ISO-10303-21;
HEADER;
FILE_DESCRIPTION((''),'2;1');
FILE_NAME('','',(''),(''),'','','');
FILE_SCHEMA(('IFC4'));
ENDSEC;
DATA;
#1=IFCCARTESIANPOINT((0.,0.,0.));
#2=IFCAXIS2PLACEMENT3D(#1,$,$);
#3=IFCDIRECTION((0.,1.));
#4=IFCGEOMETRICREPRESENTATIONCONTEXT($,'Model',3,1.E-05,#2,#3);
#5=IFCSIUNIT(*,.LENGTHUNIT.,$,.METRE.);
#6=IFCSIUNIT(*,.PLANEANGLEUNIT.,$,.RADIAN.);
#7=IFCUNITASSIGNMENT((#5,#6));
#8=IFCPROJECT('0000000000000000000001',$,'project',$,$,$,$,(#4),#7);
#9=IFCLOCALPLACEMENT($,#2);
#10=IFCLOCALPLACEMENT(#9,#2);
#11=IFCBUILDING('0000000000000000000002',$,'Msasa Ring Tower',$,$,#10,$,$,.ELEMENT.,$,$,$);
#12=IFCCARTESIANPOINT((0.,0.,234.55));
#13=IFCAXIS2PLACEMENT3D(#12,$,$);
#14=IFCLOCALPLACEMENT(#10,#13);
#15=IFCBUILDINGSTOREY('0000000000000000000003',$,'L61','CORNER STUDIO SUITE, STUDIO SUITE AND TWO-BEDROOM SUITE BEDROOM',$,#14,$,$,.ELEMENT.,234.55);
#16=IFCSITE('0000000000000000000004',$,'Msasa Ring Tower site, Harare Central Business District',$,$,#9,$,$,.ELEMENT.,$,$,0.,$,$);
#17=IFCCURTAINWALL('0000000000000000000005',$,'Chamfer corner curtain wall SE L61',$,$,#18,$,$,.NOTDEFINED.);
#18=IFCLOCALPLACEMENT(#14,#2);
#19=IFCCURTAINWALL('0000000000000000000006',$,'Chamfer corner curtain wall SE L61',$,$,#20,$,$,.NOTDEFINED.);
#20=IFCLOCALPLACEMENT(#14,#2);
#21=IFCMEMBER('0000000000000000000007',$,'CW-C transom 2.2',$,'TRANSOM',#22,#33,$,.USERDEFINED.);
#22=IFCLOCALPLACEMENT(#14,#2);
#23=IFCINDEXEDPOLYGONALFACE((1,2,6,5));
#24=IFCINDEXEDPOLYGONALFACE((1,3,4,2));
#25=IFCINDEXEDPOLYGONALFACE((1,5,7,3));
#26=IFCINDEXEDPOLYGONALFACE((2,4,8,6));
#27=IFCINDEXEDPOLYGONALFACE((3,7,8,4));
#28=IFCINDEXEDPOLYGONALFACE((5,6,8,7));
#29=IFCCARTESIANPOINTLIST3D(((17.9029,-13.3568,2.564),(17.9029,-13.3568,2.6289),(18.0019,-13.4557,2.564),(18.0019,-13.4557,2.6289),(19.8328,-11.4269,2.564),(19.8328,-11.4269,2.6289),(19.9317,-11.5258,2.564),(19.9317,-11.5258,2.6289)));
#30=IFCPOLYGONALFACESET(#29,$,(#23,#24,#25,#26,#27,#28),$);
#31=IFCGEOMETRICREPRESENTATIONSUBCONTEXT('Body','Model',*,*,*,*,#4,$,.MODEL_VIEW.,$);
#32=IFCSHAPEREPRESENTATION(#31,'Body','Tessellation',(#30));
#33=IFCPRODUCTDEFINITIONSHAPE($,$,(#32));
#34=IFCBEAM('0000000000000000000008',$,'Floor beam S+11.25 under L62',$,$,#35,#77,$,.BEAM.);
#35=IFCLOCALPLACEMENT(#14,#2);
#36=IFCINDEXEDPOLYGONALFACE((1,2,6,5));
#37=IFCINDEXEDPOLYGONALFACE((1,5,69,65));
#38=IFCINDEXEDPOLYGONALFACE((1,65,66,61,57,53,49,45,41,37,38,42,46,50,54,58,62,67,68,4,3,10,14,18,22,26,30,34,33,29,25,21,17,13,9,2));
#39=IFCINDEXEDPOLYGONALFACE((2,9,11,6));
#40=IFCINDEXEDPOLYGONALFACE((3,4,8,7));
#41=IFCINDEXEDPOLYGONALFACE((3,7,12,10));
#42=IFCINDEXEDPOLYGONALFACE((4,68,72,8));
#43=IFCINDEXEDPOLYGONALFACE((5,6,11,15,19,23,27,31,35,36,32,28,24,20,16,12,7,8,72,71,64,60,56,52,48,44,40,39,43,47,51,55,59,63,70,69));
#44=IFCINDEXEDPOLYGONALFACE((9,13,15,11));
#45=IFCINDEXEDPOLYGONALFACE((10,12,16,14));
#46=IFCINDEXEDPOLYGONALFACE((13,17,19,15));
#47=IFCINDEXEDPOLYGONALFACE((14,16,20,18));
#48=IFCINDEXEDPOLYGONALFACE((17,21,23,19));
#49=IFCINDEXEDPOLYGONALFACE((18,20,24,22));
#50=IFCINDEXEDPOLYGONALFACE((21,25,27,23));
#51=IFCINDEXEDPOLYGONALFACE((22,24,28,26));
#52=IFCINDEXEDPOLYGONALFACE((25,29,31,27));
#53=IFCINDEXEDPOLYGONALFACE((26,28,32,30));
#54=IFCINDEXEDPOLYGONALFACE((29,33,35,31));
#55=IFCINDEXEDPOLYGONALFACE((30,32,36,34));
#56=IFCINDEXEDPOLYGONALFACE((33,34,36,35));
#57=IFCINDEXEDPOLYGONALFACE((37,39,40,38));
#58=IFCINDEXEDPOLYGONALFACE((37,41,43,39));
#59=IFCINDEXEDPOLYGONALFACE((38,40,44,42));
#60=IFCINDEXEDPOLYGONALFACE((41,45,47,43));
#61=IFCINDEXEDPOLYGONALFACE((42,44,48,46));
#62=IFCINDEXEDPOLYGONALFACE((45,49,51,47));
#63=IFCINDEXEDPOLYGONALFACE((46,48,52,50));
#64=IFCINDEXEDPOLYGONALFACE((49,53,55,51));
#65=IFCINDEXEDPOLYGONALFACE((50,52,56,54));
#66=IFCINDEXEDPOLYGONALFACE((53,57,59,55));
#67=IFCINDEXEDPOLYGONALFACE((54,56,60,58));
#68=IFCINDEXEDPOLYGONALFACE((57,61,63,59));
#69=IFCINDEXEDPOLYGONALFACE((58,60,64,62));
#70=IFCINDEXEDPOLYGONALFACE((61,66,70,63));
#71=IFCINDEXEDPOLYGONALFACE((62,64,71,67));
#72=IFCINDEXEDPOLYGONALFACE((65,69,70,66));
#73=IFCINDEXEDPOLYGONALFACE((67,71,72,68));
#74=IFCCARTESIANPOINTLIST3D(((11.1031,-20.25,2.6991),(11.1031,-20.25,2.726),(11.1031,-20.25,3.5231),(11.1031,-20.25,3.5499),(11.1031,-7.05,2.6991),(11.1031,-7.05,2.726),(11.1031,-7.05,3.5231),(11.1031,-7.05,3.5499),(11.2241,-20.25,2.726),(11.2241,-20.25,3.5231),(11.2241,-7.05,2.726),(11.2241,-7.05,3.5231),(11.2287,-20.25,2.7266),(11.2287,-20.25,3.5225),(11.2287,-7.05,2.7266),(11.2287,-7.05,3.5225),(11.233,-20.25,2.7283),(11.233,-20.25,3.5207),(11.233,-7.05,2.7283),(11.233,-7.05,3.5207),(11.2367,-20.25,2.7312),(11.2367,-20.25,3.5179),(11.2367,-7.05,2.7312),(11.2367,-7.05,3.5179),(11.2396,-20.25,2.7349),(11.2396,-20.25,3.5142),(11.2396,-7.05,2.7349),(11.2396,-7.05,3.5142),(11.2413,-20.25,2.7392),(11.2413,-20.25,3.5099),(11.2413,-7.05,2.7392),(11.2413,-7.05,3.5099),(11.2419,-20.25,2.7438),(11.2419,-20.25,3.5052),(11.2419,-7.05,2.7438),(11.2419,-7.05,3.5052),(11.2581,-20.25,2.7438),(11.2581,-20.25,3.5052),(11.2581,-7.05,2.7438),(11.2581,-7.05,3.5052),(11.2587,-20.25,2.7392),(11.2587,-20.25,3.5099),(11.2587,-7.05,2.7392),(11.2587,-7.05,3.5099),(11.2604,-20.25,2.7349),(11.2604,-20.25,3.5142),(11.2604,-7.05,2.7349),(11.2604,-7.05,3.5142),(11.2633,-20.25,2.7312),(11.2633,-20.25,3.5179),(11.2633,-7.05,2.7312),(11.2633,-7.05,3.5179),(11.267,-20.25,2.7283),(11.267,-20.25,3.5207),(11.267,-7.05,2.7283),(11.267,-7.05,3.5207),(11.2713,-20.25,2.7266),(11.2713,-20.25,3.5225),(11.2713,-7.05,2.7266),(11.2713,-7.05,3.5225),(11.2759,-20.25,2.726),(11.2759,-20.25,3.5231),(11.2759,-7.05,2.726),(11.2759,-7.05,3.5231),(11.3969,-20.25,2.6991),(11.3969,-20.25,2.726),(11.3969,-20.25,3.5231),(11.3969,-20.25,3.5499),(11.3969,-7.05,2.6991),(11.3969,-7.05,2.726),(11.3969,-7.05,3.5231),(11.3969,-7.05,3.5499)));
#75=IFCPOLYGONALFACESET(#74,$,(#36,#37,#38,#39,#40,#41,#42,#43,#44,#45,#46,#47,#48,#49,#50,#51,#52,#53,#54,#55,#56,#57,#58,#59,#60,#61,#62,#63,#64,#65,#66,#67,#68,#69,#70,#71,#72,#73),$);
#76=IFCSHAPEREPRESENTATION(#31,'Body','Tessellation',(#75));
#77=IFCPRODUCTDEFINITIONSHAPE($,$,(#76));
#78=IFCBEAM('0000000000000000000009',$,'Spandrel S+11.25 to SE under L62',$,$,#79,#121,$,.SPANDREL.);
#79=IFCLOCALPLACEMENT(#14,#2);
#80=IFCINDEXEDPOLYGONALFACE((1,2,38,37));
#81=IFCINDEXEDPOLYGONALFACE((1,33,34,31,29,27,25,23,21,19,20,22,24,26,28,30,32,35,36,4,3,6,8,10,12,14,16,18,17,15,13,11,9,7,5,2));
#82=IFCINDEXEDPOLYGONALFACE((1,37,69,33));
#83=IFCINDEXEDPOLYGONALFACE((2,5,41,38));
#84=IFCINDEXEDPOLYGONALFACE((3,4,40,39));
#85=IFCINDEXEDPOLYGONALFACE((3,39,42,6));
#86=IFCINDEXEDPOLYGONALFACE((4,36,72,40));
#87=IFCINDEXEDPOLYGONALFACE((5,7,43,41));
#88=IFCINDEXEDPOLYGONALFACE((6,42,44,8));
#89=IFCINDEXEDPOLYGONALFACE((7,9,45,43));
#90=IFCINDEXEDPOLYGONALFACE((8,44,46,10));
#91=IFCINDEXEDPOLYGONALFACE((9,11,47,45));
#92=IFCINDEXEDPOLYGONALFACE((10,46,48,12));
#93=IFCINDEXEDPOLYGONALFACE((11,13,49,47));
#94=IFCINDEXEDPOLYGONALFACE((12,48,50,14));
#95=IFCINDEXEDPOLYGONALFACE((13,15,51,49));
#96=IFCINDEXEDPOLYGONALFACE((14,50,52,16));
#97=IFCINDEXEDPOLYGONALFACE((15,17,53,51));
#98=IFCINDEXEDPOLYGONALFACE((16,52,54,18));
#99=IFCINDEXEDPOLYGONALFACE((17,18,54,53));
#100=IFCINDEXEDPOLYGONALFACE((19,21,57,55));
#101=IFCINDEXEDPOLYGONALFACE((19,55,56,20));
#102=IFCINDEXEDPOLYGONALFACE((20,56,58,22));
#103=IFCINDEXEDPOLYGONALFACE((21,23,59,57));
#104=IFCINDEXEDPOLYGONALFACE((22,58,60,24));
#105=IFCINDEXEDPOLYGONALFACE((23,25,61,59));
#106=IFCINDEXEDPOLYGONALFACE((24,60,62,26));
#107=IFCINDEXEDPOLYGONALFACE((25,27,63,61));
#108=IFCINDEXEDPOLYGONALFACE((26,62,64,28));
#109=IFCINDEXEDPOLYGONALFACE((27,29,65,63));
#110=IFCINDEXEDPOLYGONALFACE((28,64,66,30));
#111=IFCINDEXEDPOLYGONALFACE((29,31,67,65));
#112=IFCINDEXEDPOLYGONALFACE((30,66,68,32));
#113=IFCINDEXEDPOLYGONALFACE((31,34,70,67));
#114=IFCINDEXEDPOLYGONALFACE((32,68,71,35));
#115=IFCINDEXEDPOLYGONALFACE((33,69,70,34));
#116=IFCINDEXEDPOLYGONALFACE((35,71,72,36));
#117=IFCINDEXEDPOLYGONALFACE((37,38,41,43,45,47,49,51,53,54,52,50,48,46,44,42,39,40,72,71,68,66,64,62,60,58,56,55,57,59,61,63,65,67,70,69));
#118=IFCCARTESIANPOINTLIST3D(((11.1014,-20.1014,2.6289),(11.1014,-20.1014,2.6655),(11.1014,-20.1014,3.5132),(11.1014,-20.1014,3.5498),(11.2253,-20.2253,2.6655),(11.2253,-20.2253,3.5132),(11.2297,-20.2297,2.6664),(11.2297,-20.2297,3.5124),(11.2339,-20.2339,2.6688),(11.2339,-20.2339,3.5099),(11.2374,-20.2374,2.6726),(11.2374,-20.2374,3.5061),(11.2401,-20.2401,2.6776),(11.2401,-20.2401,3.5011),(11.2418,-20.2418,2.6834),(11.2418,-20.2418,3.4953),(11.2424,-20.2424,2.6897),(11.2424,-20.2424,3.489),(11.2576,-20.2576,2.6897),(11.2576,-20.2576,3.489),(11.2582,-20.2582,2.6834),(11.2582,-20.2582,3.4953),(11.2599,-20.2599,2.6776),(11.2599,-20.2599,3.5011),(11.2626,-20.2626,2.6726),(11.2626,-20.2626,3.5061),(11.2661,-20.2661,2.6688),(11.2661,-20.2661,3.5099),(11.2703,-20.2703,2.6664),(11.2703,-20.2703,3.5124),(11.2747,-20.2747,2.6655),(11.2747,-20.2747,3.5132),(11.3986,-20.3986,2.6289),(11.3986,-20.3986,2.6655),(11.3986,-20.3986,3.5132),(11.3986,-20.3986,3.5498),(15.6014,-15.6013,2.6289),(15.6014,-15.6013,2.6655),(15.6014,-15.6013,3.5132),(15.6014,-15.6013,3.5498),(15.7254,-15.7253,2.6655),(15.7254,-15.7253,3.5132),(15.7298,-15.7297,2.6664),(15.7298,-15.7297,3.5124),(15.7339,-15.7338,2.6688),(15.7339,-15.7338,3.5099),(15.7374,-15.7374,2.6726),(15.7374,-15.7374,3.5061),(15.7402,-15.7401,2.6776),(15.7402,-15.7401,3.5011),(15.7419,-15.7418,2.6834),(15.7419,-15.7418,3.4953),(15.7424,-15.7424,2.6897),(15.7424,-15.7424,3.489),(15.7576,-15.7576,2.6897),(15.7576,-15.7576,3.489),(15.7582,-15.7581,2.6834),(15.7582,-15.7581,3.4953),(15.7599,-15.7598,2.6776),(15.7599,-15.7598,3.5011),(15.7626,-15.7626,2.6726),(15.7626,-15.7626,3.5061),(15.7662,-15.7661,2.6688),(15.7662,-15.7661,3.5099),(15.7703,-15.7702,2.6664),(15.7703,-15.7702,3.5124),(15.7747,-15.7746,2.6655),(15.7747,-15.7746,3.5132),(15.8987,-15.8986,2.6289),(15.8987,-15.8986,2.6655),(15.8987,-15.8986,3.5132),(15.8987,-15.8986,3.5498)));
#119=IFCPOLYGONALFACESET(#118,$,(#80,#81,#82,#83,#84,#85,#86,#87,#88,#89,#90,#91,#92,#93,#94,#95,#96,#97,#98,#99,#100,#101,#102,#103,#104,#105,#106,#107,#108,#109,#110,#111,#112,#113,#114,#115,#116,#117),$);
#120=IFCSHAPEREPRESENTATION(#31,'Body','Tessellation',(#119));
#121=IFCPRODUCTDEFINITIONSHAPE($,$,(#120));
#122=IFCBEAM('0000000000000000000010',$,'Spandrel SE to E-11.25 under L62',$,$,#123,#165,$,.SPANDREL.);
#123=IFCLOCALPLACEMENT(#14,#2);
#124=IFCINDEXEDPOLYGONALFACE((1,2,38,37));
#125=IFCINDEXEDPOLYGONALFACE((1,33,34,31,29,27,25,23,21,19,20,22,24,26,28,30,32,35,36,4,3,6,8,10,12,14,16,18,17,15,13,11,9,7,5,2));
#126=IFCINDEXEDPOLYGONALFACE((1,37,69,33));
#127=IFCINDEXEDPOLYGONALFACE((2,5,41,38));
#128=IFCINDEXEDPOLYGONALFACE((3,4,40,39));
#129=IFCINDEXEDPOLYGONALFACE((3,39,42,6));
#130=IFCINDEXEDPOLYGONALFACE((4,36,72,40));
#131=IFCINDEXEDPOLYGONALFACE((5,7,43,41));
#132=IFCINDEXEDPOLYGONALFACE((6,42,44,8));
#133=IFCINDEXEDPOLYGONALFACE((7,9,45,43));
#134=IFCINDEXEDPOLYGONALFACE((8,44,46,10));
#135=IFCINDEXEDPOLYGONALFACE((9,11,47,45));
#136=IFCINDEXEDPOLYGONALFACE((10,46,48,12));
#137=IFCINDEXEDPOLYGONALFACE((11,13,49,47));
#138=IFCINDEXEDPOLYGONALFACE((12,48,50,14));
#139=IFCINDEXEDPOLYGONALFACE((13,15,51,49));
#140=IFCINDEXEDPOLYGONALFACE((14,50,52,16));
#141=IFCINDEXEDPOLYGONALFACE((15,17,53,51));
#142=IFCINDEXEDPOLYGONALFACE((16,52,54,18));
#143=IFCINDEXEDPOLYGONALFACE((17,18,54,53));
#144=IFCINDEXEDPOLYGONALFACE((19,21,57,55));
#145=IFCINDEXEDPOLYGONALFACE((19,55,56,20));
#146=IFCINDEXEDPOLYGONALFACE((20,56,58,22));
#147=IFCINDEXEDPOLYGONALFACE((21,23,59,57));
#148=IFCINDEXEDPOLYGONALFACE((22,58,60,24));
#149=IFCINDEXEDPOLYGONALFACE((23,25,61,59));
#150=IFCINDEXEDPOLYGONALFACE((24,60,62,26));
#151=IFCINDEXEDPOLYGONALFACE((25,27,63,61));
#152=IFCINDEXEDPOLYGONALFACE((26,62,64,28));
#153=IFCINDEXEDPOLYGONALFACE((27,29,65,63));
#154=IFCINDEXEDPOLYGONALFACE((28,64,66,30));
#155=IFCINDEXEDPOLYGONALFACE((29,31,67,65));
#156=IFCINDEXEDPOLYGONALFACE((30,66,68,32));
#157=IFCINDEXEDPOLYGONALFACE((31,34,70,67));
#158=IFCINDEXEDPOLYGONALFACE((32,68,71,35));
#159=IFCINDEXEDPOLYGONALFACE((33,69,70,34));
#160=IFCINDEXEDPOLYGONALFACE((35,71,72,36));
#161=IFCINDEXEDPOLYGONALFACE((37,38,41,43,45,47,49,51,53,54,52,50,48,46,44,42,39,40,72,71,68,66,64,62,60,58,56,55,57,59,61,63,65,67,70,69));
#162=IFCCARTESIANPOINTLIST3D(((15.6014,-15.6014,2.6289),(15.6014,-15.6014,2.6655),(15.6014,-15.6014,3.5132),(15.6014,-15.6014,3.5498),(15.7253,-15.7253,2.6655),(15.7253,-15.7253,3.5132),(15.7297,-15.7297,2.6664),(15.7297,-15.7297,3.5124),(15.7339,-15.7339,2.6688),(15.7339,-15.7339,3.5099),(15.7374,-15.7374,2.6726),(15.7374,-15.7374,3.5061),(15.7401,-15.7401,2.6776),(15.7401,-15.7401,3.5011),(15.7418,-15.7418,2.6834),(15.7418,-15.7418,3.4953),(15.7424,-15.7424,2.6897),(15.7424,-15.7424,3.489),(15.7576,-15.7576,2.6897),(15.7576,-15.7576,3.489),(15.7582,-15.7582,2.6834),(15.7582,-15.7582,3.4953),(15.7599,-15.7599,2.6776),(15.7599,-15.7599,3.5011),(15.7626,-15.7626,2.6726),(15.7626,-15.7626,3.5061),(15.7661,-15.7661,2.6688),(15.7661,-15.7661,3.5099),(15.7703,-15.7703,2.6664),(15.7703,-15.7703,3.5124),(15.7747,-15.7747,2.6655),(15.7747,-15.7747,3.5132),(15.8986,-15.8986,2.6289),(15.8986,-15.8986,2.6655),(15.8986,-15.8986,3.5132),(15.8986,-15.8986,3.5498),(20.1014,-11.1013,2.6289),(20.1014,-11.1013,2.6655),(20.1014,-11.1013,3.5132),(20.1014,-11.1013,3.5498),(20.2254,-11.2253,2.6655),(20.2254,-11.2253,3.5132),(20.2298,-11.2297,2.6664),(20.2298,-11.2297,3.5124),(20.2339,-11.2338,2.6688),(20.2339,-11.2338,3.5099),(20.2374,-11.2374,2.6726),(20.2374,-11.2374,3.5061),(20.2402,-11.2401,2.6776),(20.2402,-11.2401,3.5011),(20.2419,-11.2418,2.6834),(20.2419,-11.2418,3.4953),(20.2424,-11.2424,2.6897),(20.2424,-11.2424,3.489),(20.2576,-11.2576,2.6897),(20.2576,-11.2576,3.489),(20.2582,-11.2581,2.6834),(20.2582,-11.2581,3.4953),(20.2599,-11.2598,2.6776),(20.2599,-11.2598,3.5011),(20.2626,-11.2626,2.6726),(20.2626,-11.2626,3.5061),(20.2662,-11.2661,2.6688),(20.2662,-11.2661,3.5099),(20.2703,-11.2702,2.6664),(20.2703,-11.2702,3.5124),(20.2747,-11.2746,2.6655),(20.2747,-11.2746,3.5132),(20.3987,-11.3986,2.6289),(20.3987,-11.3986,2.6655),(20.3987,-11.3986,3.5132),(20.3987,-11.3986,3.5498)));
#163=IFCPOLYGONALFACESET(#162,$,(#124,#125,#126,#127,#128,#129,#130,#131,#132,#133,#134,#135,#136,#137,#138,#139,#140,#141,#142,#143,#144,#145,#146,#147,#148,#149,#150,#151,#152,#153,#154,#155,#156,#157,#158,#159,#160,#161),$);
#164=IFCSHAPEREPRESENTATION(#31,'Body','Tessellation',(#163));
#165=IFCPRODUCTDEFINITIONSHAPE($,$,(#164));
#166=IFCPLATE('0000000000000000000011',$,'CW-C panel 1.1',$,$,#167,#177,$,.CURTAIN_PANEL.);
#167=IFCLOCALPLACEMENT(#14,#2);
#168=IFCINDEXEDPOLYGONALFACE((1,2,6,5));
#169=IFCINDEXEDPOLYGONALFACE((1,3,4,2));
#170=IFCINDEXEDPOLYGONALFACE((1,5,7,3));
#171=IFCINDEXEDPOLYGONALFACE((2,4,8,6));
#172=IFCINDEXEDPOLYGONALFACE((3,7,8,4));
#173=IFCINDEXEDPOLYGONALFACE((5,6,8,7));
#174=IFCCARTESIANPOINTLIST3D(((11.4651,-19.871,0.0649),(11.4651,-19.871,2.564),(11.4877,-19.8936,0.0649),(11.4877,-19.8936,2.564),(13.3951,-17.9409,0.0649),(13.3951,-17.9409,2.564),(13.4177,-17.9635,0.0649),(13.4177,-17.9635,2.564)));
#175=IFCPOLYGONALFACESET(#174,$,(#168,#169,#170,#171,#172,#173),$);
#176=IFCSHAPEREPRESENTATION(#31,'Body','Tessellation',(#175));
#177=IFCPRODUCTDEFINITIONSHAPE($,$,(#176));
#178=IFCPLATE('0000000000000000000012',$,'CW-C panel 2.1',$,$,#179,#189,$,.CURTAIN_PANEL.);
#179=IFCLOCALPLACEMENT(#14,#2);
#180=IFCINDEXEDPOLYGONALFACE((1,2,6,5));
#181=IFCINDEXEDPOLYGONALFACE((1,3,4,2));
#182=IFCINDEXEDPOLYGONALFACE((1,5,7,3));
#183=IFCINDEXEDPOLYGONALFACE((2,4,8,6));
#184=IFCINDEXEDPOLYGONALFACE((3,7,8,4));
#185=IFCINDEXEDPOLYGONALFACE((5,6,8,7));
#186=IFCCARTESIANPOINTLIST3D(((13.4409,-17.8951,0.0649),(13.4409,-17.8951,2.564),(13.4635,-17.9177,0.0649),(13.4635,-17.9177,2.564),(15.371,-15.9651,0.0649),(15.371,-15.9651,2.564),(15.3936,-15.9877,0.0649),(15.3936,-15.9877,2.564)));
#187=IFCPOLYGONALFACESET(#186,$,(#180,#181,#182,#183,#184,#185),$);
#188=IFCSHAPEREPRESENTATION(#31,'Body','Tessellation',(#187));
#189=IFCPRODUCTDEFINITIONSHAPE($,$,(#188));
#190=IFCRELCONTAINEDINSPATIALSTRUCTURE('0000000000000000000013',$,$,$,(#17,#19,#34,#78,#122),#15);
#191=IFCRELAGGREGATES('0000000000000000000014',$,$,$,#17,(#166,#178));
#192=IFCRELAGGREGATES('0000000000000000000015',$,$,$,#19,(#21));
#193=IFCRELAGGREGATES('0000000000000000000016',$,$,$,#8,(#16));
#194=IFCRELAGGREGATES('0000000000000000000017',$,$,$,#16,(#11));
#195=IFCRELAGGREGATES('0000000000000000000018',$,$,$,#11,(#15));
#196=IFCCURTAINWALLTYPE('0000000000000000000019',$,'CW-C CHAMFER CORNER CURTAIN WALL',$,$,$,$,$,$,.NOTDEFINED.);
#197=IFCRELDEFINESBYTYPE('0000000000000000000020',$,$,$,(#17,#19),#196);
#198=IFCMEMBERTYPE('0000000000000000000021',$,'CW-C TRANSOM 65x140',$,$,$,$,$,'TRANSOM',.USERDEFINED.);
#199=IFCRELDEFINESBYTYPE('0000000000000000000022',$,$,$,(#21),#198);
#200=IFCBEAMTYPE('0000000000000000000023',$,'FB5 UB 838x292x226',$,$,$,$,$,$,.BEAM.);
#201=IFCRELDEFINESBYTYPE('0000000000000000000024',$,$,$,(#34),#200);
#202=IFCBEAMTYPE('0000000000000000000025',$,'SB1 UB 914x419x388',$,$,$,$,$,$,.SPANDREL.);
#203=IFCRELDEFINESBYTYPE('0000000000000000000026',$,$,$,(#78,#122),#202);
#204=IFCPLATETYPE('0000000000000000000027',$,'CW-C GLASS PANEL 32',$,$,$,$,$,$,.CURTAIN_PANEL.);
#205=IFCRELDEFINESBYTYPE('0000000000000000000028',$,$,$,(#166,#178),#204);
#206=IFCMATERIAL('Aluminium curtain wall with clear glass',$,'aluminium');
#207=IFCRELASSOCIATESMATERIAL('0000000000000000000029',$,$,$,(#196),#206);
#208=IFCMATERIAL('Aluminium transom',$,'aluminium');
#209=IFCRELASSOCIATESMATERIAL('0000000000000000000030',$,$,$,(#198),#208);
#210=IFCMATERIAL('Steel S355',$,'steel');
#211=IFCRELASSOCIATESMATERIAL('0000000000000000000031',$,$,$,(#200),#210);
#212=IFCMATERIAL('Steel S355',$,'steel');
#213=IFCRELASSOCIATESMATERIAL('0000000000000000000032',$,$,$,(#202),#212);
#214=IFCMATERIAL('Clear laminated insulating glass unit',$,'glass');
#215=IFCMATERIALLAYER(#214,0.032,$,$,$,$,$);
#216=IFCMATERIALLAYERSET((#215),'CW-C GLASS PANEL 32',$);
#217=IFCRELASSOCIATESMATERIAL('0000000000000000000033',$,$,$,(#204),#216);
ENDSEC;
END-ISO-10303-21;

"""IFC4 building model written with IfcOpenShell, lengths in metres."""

from ifc_helpers import new_model, si_unit, direction, frame, origin, origin_2d, place, context, subcontext, project, spatial, rectangle, i_section, extrude, material, layer, layer_set, material_profile, profile_set, type_object, element, aggregate, save


model = new_model("IFC4")

# Units and contexts
model_context = context("Model", 3, precision=1e-05, world=origin(), true_north=direction((0.0, 1.0)))
body_context = subcontext(model_context, "Body", "Model", "MODEL_VIEW")
ifc_project = project(units=[si_unit("LENGTHUNIT", "METRE"), si_unit("PLANEANGLEUNIT", "RADIAN")], contexts=[model_context])

# Site, building, storey
site_placement = place(None, origin())
site = spatial("IfcSite", under=ifc_project, at=site_placement, Name="Msasa Ring Tower site, Harare Central Business District", CompositionType="ELEMENT", RefElevation=0.0)
building_placement = place(site_placement, origin())
building = spatial("IfcBuilding", under=site, at=building_placement, Name="Msasa Ring Tower", CompositionType="ELEMENT")
storey_placement = place(building_placement, frame((0.0, 0.0, 234.55)))
storey = spatial("IfcBuildingStorey", under=building, at=storey_placement, Name="L61", Description="CORNER STUDIO SUITE, STUDIO SUITE AND TWO-BEDROOM SUITE BEDROOM", CompositionType="ELEMENT", Elevation=234.55)

# Curtain walls
ifc_material_1 = material(Name="Aluminium curtain wall with clear glass", Category="aluminium")
curtain_wall_type = type_object("IfcCurtainWallType", Name="CW-C CHAMFER CORNER CURTAIN WALL", PredefinedType="NOTDEFINED", material=ifc_material_1)
curtain_wall_1_placement = place(storey_placement, origin())
curtain_wall_1 = element("IfcCurtainWall", 1, at=curtain_wall_1_placement, inside=storey, type_object=curtain_wall_type, Name="Chamfer corner curtain wall SE L61", PredefinedType="NOTDEFINED")
curtain_wall_2_placement = place(storey_placement, origin())
curtain_wall_2 = element("IfcCurtainWall", 2, at=curtain_wall_2_placement, inside=storey, type_object=curtain_wall_type, Name="Chamfer corner curtain wall SE L61", PredefinedType="NOTDEFINED")

# Member
ifc_material_2 = material(Name="Aluminium transom", Category="aluminium")
ifc_material_profile_1 = material_profile(ifc_material_2, rectangle(XDim=0.1399, YDim=0.0649, at=origin_2d()), Name="AL 65x140")
ifc_profile_set_1 = profile_set([ifc_material_profile_1], Name="Aluminium transom")
member_type_1 = type_object("IfcMemberType", Name="CW-C TRANSOM 65x140", ElementType="TRANSOM", PredefinedType="USERDEFINED", material=ifc_profile_set_1)
member_1_placement = place(storey_placement, frame((17.9524, -13.4062, 2.5964), z_axis=(0.707107, 0.707107, 0.0), x_axis=(-0.707107, 0.707107, 0.0)))
member_1 = element("IfcMember", 3, at=member_1_placement, type_object=member_type_1, Name="CW-C transom 2.2", ObjectType="TRANSOM", PredefinedType="USERDEFINED", context=body_context, shape_type="SweptSolid", body=[
    extrude(rectangle(XDim=0.1399, YDim=0.0649, at=origin_2d()), origin(), (0.0, 0.0, 1.0), 2.7292),
])

# Beams
ifc_material_3 = material(Name="Steel S355", Category="steel")
ifc_material_profile_2 = material_profile(ifc_material_3, i_section(OverallWidth=0.2937, OverallDepth=0.8508, WebThickness=0.0161, FlangeThickness=0.0269, FilletRadius=0.0178, at=origin_2d()), Name="UB 838x292x226")
ifc_profile_set_2 = profile_set([ifc_material_profile_2], Name="Steel S355")
beam_type_1 = type_object("IfcBeamType", Name="FB5 UB 838x292x226", PredefinedType="BEAM", material=ifc_profile_set_2)
beam_placement = place(storey_placement, frame((11.25, -20.25, 3.1245), z_axis=(0.0, 1.0, 0.0), x_axis=(-1.0, 0.0, 0.0)))
element("IfcBeam", 4, at=beam_placement, inside=storey, type_object=beam_type_1, Name="Floor beam S+11.25 under L62", PredefinedType="BEAM", context=body_context, shape_type="SweptSolid", body=[
    extrude(i_section(OverallWidth=0.2937, OverallDepth=0.8508, WebThickness=0.0161, FlangeThickness=0.0269, FilletRadius=0.0178, at=origin_2d()), origin(), (0.0, 0.0, 1.0), 13.2),
])
ifc_material_4 = material(Name="Steel S355", Category="steel")
ifc_material_profile_3 = material_profile(ifc_material_4, i_section(OverallWidth=0.4204, OverallDepth=0.9209, WebThickness=0.0215, FlangeThickness=0.0366, FilletRadius=0.0242, at=origin_2d()), Name="UB 914x419x388")
ifc_profile_set_3 = profile_set([ifc_material_profile_3], Name="Steel S355")
beam_type_2 = type_object("IfcBeamType", Name="SB1 UB 914x419x388", PredefinedType="SPANDREL", material=ifc_profile_set_3)
for number, where, z_axis, x_axis, name in (
    (5, (11.25, -20.25, 3.0894), (0.707107, 0.707107, 0.0), (-0.707107, 0.707107, 0.0), "Spandrel S+11.25 to SE under L62"),
    (6, (15.75, -15.75, 3.0894), (0.707107, 0.707107, 0.0), (-0.707107, 0.707107, 0.0), "Spandrel SE to E-11.25 under L62"),
):
    element("IfcBeam", number, at=place(storey_placement, frame(where, z_axis=z_axis, x_axis=x_axis)), inside=storey, type_object=beam_type_2, Name=name, PredefinedType="SPANDREL", context=body_context, shape_type="SweptSolid", body=[
        extrude(i_section(OverallWidth=0.4204, OverallDepth=0.9209, WebThickness=0.0215, FlangeThickness=0.0366, FilletRadius=0.0242, at=origin_2d()), origin(), (0.0, 0.0, 1.0), 6.364),
    ])

# Plates
ifc_material_5 = material(Name="Clear laminated insulating glass unit", Category="glass")
ifc_layer_1 = layer(ifc_material_5, 0.032)
ifc_layer_set_1 = layer_set([ifc_layer_1], Name="CW-C GLASS PANEL 32")
plate_type = type_object("IfcPlateType", Name="CW-C GLASS PANEL 32", PredefinedType="CURTAIN_PANEL", material=ifc_layer_set_1)
plate_1_placement = place(storey_placement, frame((12.4414, -18.9172, 0.0649), z_axis=(0.0, 0.0, 1.0), x_axis=(0.707107, 0.707107, 0.0)))
plate_1 = element("IfcPlate", 7, at=plate_1_placement, type_object=plate_type, Name="CW-C panel 1.1", PredefinedType="CURTAIN_PANEL", context=body_context, shape_type="SweptSolid", body=[
    extrude(rectangle(XDim=2.7295, YDim=0.032, at=origin_2d()), origin(), (0.0, 0.0, 1.0), 2.499),
])
plate_2_placement = place(storey_placement, frame((14.4172, -16.9414, 0.0649), z_axis=(0.0, 0.0, 1.0), x_axis=(0.707107, 0.707107, 0.0)))
plate_2 = element("IfcPlate", 8, at=plate_2_placement, type_object=plate_type, Name="CW-C panel 2.1", PredefinedType="CURTAIN_PANEL", context=body_context, shape_type="SweptSolid", body=[
    extrude(rectangle(XDim=2.7295, YDim=0.032, at=origin_2d()), origin(), (0.0, 0.0, 1.0), 2.499),
])
aggregate(curtain_wall_1, [plate_1, plate_2])
aggregate(curtain_wall_2, [member_1])

save(model, "model.ifc")
